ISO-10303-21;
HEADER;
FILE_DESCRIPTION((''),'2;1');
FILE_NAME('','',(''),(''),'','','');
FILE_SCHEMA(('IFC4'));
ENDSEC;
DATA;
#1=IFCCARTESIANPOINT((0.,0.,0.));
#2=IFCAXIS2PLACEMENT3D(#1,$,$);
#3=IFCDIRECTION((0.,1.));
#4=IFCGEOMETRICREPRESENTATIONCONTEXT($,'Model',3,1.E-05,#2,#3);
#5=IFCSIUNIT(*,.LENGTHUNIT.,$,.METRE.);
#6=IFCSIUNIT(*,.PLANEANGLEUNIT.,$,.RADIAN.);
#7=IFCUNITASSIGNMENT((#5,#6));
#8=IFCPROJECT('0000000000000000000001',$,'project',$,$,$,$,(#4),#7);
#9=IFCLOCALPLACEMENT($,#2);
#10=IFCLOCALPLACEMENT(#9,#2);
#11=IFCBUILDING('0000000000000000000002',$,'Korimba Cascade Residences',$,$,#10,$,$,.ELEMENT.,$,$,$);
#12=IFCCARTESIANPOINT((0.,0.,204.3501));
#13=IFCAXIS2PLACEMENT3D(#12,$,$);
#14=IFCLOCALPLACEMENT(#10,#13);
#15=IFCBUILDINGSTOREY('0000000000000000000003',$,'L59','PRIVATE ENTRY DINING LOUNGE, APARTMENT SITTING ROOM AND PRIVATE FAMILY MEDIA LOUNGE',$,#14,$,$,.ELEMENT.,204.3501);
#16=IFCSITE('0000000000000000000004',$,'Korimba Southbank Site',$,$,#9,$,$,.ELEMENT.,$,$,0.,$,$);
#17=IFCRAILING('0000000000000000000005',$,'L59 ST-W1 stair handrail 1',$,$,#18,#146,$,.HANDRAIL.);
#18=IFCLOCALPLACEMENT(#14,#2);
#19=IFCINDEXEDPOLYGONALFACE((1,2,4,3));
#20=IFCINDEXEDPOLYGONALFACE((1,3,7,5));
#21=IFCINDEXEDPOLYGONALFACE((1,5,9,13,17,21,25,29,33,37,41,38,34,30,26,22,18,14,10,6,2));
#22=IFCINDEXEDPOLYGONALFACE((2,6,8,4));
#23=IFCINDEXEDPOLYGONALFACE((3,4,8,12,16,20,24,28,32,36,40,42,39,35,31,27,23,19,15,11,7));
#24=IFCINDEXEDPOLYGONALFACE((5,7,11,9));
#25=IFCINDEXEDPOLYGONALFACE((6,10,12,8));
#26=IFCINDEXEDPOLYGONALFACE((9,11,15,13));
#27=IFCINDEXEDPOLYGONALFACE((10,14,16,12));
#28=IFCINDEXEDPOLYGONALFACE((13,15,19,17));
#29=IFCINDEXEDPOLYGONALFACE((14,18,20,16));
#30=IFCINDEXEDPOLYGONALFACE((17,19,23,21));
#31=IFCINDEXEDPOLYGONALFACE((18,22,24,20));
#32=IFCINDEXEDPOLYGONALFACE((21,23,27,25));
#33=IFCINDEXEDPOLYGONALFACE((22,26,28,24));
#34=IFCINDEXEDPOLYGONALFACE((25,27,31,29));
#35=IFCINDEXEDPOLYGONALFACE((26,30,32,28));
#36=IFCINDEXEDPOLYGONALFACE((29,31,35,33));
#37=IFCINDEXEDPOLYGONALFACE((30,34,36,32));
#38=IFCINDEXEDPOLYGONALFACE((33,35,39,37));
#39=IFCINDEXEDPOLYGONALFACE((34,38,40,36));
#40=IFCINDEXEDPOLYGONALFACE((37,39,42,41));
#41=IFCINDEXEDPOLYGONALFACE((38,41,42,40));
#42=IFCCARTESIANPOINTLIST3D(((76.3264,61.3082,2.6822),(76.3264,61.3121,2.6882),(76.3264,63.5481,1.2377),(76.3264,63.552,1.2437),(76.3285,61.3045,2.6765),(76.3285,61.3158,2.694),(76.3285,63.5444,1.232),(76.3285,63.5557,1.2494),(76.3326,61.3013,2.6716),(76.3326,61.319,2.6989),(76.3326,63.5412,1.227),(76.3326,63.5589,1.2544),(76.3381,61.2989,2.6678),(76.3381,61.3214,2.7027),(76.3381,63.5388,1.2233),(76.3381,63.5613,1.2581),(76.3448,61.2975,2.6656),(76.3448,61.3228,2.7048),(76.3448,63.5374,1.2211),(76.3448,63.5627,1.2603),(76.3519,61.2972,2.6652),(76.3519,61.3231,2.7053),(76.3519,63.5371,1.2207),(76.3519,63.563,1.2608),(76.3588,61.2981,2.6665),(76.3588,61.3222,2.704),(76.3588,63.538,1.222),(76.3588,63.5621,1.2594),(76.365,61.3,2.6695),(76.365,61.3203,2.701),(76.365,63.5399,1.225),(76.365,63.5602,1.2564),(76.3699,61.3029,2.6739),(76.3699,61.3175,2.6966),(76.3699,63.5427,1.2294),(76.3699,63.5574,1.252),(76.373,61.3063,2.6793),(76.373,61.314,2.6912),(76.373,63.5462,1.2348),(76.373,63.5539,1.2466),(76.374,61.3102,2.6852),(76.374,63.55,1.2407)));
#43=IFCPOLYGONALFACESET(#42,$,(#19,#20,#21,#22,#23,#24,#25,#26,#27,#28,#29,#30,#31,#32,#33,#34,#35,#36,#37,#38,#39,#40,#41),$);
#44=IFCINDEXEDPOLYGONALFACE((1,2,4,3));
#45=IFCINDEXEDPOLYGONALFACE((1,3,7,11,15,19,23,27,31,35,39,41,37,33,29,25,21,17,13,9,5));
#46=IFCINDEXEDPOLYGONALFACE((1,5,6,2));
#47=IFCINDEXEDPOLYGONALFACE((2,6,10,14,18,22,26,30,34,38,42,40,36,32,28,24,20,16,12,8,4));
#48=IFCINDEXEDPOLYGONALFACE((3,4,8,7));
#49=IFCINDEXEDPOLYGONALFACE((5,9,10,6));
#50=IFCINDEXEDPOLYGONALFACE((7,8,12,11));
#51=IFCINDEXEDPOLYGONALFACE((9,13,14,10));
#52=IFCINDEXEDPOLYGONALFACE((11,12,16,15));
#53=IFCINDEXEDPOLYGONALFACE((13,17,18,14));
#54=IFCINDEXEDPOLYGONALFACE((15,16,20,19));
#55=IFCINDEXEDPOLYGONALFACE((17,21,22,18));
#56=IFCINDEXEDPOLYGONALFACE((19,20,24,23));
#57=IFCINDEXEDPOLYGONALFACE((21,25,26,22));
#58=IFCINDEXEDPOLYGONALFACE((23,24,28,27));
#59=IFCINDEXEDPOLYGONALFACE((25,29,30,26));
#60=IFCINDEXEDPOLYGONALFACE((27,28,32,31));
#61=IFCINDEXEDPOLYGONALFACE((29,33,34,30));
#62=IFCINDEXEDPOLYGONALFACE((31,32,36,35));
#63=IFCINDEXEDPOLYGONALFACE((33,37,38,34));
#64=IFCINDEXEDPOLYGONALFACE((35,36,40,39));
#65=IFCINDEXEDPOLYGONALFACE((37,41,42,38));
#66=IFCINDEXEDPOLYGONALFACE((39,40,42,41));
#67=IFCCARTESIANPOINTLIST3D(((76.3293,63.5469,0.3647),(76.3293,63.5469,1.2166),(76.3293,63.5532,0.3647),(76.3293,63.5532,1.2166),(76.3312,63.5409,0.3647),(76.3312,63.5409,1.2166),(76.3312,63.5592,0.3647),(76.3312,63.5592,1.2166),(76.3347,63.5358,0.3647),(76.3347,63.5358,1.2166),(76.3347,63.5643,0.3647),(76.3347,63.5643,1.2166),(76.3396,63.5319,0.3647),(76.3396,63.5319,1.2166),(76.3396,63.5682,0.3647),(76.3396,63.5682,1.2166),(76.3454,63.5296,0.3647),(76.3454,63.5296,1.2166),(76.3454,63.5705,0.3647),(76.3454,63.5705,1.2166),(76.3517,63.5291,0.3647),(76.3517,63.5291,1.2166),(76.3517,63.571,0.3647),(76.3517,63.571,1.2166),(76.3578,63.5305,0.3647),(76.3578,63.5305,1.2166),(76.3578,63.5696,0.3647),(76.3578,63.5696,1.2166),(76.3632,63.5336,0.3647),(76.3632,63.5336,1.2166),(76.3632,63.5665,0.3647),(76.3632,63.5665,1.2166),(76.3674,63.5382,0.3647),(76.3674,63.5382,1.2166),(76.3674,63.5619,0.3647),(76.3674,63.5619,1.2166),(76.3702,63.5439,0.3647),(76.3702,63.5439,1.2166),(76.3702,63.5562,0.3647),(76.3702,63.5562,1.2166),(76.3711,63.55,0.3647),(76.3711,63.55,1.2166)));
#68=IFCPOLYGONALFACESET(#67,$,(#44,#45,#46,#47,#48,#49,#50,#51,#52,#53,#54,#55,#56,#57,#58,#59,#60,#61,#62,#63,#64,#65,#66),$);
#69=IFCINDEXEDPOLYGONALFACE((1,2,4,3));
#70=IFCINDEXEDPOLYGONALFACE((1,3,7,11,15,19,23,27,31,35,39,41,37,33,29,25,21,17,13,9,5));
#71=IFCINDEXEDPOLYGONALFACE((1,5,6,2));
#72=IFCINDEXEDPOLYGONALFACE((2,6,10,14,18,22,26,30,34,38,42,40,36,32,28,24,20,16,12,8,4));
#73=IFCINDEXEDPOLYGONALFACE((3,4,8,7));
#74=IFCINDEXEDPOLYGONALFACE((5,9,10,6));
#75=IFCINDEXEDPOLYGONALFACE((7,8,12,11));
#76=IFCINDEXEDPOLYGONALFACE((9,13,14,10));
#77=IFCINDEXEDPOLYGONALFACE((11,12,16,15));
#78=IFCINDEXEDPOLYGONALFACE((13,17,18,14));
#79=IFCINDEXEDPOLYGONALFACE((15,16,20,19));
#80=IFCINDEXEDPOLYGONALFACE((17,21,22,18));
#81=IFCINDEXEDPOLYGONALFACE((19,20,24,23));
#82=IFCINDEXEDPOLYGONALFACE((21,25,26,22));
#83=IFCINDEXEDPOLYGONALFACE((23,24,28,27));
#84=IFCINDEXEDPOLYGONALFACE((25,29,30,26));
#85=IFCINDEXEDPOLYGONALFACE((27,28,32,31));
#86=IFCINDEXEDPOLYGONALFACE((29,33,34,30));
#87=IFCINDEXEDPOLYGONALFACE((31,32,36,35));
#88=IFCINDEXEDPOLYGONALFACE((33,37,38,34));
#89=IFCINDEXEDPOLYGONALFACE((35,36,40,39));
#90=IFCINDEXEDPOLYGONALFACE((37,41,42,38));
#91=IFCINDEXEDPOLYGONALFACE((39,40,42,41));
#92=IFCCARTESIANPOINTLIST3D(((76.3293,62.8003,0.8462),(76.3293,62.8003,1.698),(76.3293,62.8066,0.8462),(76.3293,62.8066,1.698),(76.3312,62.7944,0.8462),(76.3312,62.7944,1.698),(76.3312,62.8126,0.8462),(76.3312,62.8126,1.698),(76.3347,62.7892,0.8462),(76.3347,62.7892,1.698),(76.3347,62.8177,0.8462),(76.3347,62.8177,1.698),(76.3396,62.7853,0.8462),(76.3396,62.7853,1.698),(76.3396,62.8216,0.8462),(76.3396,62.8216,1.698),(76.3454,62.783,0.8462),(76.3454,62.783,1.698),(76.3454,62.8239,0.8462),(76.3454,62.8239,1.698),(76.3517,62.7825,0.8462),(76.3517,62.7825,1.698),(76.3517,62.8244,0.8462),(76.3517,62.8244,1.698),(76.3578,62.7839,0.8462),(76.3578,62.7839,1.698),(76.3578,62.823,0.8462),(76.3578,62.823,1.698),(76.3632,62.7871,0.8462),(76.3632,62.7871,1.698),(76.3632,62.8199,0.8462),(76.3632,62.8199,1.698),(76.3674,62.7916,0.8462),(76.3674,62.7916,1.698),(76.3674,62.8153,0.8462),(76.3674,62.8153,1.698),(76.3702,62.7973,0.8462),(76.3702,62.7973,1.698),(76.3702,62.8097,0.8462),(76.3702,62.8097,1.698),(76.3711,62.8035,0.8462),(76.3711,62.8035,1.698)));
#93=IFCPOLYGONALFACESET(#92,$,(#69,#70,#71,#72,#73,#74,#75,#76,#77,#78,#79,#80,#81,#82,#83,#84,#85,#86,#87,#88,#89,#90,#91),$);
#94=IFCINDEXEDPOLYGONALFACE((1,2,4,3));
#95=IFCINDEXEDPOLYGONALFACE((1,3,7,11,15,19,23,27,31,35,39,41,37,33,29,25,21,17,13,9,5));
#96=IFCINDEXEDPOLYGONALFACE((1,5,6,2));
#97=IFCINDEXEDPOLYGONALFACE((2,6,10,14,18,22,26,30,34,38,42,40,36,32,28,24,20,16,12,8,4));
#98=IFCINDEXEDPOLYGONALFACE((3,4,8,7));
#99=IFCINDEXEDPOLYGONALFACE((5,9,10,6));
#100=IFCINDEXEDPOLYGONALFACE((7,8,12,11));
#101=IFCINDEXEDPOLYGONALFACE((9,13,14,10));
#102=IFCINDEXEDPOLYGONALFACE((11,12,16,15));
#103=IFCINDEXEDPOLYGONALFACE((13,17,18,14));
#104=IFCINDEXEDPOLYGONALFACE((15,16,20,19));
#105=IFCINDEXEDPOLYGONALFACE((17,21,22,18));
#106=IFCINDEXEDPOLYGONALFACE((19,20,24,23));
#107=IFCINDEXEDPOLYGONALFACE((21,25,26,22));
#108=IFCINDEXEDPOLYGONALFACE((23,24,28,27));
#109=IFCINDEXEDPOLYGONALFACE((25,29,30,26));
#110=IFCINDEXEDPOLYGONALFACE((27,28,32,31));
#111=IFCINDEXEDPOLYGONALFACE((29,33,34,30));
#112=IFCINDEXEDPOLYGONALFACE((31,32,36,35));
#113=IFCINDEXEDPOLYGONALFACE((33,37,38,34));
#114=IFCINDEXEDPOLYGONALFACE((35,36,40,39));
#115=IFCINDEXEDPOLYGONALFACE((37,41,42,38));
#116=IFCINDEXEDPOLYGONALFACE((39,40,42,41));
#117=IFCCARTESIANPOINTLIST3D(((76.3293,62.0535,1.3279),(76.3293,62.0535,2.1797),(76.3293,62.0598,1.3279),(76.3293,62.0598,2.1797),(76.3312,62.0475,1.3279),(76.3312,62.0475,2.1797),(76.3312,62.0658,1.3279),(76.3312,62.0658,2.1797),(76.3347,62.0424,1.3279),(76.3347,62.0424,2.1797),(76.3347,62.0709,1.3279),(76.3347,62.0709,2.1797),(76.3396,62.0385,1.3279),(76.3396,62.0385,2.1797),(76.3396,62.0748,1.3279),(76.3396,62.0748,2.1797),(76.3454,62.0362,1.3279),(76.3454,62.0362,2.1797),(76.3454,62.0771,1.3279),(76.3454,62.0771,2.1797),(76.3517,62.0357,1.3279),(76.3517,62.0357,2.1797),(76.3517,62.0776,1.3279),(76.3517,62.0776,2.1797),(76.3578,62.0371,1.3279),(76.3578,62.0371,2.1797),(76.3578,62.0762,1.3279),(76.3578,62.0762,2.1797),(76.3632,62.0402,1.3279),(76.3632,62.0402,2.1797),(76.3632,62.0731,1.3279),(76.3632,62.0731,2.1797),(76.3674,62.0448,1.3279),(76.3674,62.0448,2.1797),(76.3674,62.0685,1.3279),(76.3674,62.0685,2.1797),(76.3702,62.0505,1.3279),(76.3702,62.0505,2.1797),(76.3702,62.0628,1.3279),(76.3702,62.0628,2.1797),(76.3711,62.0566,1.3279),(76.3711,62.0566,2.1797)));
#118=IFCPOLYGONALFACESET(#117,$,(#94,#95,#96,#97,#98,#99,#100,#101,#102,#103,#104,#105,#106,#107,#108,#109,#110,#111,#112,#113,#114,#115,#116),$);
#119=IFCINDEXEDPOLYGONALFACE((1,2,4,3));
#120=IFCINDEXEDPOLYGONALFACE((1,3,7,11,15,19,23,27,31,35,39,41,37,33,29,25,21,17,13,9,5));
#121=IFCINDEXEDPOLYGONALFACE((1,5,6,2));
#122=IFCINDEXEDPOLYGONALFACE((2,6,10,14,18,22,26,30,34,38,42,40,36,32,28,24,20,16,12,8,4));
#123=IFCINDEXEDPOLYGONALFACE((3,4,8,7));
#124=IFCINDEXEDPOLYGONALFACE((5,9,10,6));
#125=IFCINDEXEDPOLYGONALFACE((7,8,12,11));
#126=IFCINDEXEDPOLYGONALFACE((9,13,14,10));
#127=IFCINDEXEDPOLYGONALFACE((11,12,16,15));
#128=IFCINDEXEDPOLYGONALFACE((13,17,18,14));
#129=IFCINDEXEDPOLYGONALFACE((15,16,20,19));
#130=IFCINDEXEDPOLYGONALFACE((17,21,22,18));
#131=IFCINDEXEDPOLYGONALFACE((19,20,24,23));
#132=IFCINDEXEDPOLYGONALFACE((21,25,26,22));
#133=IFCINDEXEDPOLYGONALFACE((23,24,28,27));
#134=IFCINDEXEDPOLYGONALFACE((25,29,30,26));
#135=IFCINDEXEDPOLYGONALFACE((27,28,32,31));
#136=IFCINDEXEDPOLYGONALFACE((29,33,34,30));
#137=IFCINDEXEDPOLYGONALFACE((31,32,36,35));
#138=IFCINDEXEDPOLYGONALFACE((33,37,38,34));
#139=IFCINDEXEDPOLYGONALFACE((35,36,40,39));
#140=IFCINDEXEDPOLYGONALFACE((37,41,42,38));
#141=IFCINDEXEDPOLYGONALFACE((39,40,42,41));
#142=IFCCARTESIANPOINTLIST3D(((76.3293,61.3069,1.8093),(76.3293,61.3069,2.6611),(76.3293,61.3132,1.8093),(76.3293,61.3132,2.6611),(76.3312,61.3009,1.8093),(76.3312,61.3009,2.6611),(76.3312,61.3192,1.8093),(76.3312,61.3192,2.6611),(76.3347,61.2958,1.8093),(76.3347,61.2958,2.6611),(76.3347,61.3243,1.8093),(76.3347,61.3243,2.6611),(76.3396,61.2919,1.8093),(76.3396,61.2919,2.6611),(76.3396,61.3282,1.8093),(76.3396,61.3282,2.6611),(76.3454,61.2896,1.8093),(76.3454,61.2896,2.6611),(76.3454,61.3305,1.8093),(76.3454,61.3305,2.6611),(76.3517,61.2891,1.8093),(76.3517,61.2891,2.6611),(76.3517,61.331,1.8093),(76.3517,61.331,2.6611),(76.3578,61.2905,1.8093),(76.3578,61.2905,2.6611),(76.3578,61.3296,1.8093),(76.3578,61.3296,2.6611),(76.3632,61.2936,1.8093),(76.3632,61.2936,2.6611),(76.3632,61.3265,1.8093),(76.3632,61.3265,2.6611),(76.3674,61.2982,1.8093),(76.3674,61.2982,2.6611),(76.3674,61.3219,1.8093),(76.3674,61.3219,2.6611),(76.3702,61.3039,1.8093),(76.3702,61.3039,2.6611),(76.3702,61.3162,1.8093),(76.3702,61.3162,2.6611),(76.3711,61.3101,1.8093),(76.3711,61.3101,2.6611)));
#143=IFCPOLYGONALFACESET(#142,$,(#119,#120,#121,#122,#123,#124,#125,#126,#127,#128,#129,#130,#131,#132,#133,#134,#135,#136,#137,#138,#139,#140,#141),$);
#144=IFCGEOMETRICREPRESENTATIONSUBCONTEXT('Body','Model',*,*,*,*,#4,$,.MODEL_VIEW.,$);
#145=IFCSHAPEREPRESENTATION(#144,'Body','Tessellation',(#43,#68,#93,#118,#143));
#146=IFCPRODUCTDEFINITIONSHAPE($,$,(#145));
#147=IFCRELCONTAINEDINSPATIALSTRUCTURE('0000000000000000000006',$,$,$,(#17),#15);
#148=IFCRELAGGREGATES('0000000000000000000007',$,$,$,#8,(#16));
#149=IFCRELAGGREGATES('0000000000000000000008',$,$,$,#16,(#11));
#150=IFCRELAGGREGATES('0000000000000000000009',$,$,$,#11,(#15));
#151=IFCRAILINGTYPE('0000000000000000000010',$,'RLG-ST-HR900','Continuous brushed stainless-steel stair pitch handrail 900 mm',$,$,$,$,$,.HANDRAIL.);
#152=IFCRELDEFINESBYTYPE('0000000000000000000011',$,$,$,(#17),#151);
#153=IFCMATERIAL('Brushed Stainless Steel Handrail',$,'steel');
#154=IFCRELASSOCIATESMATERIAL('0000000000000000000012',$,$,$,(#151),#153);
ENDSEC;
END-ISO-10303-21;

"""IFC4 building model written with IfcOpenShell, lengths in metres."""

from ifc_helpers import new_model, si_unit, direction, frame, origin, origin_2d, place, context, subcontext, project, spatial, circle, extrude, material, type_object, element, save


model = new_model("IFC4")

# Units and contexts
model_context = context("Model", 3, precision=1e-05, world=origin(), true_north=direction((0.0, 1.0)))
body_context = subcontext(model_context, "Body", "Model", "MODEL_VIEW")
ifc_project = project(units=[si_unit("LENGTHUNIT", "METRE"), si_unit("PLANEANGLEUNIT", "RADIAN")], contexts=[model_context])

# Site, building, storey
site_placement = place(None, origin())
site = spatial("IfcSite", under=ifc_project, at=site_placement, Name="Korimba Southbank Site", CompositionType="ELEMENT", RefElevation=0.0)
building_placement = place(site_placement, origin())
building = spatial("IfcBuilding", under=site, at=building_placement, Name="Korimba Cascade Residences", CompositionType="ELEMENT")
storey_placement = place(building_placement, frame((0.0, 0.0, 204.3501)))
storey = spatial("IfcBuildingStorey", under=building, at=storey_placement, Name="L59", Description="PRIVATE ENTRY DINING LOUNGE, APARTMENT SITTING ROOM AND PRIVATE FAMILY MEDIA LOUNGE", CompositionType="ELEMENT", Elevation=204.3501)

# Railing
ifc_material_1 = material(Name="Brushed Stainless Steel Handrail", Category="steel")
railing_type_1 = type_object("IfcRailingType", Name="RLG-ST-HR900", Description="Continuous brushed stainless-steel stair pitch handrail 900 mm", PredefinedType="HANDRAIL", material=ifc_material_1)
railing_1_placement = place(storey_placement, frame((76.3501, 63.55, 0.3647)))
element("IfcRailing", 1, at=railing_1_placement, inside=storey, type_object=railing_type_1, Name="L59 ST-W1 stair handrail 1", PredefinedType="HANDRAIL", context=body_context, shape_type="SweptSolid", body=[
    extrude(circle(Radius=0.0239, at=origin_2d()), frame((0.0, 0.0, 0.876), z_axis=(0.0, -0.840395, 0.541975), x_axis=(1.0, 0.0, 0.0)), (0.0, 0.0, 1.0), 2.6653),
    extrude(circle(Radius=0.021, at=origin_2d()), origin(), (0.0, 0.0, 1.0), 0.8518),
    extrude(circle(Radius=0.021, at=origin_2d()), frame((0.0, -0.7466, 0.4814)), (0.0, 0.0, 1.0), 0.8518),
    extrude(circle(Radius=0.021, at=origin_2d()), frame((0.0, -1.4934, 0.9631)), (0.0, 0.0, 1.0), 0.8518),
    extrude(circle(Radius=0.021, at=origin_2d()), frame((0.0, -2.24, 1.4446)), (0.0, 0.0, 1.0), 0.8518),
])

save(model, "model.ifc")
